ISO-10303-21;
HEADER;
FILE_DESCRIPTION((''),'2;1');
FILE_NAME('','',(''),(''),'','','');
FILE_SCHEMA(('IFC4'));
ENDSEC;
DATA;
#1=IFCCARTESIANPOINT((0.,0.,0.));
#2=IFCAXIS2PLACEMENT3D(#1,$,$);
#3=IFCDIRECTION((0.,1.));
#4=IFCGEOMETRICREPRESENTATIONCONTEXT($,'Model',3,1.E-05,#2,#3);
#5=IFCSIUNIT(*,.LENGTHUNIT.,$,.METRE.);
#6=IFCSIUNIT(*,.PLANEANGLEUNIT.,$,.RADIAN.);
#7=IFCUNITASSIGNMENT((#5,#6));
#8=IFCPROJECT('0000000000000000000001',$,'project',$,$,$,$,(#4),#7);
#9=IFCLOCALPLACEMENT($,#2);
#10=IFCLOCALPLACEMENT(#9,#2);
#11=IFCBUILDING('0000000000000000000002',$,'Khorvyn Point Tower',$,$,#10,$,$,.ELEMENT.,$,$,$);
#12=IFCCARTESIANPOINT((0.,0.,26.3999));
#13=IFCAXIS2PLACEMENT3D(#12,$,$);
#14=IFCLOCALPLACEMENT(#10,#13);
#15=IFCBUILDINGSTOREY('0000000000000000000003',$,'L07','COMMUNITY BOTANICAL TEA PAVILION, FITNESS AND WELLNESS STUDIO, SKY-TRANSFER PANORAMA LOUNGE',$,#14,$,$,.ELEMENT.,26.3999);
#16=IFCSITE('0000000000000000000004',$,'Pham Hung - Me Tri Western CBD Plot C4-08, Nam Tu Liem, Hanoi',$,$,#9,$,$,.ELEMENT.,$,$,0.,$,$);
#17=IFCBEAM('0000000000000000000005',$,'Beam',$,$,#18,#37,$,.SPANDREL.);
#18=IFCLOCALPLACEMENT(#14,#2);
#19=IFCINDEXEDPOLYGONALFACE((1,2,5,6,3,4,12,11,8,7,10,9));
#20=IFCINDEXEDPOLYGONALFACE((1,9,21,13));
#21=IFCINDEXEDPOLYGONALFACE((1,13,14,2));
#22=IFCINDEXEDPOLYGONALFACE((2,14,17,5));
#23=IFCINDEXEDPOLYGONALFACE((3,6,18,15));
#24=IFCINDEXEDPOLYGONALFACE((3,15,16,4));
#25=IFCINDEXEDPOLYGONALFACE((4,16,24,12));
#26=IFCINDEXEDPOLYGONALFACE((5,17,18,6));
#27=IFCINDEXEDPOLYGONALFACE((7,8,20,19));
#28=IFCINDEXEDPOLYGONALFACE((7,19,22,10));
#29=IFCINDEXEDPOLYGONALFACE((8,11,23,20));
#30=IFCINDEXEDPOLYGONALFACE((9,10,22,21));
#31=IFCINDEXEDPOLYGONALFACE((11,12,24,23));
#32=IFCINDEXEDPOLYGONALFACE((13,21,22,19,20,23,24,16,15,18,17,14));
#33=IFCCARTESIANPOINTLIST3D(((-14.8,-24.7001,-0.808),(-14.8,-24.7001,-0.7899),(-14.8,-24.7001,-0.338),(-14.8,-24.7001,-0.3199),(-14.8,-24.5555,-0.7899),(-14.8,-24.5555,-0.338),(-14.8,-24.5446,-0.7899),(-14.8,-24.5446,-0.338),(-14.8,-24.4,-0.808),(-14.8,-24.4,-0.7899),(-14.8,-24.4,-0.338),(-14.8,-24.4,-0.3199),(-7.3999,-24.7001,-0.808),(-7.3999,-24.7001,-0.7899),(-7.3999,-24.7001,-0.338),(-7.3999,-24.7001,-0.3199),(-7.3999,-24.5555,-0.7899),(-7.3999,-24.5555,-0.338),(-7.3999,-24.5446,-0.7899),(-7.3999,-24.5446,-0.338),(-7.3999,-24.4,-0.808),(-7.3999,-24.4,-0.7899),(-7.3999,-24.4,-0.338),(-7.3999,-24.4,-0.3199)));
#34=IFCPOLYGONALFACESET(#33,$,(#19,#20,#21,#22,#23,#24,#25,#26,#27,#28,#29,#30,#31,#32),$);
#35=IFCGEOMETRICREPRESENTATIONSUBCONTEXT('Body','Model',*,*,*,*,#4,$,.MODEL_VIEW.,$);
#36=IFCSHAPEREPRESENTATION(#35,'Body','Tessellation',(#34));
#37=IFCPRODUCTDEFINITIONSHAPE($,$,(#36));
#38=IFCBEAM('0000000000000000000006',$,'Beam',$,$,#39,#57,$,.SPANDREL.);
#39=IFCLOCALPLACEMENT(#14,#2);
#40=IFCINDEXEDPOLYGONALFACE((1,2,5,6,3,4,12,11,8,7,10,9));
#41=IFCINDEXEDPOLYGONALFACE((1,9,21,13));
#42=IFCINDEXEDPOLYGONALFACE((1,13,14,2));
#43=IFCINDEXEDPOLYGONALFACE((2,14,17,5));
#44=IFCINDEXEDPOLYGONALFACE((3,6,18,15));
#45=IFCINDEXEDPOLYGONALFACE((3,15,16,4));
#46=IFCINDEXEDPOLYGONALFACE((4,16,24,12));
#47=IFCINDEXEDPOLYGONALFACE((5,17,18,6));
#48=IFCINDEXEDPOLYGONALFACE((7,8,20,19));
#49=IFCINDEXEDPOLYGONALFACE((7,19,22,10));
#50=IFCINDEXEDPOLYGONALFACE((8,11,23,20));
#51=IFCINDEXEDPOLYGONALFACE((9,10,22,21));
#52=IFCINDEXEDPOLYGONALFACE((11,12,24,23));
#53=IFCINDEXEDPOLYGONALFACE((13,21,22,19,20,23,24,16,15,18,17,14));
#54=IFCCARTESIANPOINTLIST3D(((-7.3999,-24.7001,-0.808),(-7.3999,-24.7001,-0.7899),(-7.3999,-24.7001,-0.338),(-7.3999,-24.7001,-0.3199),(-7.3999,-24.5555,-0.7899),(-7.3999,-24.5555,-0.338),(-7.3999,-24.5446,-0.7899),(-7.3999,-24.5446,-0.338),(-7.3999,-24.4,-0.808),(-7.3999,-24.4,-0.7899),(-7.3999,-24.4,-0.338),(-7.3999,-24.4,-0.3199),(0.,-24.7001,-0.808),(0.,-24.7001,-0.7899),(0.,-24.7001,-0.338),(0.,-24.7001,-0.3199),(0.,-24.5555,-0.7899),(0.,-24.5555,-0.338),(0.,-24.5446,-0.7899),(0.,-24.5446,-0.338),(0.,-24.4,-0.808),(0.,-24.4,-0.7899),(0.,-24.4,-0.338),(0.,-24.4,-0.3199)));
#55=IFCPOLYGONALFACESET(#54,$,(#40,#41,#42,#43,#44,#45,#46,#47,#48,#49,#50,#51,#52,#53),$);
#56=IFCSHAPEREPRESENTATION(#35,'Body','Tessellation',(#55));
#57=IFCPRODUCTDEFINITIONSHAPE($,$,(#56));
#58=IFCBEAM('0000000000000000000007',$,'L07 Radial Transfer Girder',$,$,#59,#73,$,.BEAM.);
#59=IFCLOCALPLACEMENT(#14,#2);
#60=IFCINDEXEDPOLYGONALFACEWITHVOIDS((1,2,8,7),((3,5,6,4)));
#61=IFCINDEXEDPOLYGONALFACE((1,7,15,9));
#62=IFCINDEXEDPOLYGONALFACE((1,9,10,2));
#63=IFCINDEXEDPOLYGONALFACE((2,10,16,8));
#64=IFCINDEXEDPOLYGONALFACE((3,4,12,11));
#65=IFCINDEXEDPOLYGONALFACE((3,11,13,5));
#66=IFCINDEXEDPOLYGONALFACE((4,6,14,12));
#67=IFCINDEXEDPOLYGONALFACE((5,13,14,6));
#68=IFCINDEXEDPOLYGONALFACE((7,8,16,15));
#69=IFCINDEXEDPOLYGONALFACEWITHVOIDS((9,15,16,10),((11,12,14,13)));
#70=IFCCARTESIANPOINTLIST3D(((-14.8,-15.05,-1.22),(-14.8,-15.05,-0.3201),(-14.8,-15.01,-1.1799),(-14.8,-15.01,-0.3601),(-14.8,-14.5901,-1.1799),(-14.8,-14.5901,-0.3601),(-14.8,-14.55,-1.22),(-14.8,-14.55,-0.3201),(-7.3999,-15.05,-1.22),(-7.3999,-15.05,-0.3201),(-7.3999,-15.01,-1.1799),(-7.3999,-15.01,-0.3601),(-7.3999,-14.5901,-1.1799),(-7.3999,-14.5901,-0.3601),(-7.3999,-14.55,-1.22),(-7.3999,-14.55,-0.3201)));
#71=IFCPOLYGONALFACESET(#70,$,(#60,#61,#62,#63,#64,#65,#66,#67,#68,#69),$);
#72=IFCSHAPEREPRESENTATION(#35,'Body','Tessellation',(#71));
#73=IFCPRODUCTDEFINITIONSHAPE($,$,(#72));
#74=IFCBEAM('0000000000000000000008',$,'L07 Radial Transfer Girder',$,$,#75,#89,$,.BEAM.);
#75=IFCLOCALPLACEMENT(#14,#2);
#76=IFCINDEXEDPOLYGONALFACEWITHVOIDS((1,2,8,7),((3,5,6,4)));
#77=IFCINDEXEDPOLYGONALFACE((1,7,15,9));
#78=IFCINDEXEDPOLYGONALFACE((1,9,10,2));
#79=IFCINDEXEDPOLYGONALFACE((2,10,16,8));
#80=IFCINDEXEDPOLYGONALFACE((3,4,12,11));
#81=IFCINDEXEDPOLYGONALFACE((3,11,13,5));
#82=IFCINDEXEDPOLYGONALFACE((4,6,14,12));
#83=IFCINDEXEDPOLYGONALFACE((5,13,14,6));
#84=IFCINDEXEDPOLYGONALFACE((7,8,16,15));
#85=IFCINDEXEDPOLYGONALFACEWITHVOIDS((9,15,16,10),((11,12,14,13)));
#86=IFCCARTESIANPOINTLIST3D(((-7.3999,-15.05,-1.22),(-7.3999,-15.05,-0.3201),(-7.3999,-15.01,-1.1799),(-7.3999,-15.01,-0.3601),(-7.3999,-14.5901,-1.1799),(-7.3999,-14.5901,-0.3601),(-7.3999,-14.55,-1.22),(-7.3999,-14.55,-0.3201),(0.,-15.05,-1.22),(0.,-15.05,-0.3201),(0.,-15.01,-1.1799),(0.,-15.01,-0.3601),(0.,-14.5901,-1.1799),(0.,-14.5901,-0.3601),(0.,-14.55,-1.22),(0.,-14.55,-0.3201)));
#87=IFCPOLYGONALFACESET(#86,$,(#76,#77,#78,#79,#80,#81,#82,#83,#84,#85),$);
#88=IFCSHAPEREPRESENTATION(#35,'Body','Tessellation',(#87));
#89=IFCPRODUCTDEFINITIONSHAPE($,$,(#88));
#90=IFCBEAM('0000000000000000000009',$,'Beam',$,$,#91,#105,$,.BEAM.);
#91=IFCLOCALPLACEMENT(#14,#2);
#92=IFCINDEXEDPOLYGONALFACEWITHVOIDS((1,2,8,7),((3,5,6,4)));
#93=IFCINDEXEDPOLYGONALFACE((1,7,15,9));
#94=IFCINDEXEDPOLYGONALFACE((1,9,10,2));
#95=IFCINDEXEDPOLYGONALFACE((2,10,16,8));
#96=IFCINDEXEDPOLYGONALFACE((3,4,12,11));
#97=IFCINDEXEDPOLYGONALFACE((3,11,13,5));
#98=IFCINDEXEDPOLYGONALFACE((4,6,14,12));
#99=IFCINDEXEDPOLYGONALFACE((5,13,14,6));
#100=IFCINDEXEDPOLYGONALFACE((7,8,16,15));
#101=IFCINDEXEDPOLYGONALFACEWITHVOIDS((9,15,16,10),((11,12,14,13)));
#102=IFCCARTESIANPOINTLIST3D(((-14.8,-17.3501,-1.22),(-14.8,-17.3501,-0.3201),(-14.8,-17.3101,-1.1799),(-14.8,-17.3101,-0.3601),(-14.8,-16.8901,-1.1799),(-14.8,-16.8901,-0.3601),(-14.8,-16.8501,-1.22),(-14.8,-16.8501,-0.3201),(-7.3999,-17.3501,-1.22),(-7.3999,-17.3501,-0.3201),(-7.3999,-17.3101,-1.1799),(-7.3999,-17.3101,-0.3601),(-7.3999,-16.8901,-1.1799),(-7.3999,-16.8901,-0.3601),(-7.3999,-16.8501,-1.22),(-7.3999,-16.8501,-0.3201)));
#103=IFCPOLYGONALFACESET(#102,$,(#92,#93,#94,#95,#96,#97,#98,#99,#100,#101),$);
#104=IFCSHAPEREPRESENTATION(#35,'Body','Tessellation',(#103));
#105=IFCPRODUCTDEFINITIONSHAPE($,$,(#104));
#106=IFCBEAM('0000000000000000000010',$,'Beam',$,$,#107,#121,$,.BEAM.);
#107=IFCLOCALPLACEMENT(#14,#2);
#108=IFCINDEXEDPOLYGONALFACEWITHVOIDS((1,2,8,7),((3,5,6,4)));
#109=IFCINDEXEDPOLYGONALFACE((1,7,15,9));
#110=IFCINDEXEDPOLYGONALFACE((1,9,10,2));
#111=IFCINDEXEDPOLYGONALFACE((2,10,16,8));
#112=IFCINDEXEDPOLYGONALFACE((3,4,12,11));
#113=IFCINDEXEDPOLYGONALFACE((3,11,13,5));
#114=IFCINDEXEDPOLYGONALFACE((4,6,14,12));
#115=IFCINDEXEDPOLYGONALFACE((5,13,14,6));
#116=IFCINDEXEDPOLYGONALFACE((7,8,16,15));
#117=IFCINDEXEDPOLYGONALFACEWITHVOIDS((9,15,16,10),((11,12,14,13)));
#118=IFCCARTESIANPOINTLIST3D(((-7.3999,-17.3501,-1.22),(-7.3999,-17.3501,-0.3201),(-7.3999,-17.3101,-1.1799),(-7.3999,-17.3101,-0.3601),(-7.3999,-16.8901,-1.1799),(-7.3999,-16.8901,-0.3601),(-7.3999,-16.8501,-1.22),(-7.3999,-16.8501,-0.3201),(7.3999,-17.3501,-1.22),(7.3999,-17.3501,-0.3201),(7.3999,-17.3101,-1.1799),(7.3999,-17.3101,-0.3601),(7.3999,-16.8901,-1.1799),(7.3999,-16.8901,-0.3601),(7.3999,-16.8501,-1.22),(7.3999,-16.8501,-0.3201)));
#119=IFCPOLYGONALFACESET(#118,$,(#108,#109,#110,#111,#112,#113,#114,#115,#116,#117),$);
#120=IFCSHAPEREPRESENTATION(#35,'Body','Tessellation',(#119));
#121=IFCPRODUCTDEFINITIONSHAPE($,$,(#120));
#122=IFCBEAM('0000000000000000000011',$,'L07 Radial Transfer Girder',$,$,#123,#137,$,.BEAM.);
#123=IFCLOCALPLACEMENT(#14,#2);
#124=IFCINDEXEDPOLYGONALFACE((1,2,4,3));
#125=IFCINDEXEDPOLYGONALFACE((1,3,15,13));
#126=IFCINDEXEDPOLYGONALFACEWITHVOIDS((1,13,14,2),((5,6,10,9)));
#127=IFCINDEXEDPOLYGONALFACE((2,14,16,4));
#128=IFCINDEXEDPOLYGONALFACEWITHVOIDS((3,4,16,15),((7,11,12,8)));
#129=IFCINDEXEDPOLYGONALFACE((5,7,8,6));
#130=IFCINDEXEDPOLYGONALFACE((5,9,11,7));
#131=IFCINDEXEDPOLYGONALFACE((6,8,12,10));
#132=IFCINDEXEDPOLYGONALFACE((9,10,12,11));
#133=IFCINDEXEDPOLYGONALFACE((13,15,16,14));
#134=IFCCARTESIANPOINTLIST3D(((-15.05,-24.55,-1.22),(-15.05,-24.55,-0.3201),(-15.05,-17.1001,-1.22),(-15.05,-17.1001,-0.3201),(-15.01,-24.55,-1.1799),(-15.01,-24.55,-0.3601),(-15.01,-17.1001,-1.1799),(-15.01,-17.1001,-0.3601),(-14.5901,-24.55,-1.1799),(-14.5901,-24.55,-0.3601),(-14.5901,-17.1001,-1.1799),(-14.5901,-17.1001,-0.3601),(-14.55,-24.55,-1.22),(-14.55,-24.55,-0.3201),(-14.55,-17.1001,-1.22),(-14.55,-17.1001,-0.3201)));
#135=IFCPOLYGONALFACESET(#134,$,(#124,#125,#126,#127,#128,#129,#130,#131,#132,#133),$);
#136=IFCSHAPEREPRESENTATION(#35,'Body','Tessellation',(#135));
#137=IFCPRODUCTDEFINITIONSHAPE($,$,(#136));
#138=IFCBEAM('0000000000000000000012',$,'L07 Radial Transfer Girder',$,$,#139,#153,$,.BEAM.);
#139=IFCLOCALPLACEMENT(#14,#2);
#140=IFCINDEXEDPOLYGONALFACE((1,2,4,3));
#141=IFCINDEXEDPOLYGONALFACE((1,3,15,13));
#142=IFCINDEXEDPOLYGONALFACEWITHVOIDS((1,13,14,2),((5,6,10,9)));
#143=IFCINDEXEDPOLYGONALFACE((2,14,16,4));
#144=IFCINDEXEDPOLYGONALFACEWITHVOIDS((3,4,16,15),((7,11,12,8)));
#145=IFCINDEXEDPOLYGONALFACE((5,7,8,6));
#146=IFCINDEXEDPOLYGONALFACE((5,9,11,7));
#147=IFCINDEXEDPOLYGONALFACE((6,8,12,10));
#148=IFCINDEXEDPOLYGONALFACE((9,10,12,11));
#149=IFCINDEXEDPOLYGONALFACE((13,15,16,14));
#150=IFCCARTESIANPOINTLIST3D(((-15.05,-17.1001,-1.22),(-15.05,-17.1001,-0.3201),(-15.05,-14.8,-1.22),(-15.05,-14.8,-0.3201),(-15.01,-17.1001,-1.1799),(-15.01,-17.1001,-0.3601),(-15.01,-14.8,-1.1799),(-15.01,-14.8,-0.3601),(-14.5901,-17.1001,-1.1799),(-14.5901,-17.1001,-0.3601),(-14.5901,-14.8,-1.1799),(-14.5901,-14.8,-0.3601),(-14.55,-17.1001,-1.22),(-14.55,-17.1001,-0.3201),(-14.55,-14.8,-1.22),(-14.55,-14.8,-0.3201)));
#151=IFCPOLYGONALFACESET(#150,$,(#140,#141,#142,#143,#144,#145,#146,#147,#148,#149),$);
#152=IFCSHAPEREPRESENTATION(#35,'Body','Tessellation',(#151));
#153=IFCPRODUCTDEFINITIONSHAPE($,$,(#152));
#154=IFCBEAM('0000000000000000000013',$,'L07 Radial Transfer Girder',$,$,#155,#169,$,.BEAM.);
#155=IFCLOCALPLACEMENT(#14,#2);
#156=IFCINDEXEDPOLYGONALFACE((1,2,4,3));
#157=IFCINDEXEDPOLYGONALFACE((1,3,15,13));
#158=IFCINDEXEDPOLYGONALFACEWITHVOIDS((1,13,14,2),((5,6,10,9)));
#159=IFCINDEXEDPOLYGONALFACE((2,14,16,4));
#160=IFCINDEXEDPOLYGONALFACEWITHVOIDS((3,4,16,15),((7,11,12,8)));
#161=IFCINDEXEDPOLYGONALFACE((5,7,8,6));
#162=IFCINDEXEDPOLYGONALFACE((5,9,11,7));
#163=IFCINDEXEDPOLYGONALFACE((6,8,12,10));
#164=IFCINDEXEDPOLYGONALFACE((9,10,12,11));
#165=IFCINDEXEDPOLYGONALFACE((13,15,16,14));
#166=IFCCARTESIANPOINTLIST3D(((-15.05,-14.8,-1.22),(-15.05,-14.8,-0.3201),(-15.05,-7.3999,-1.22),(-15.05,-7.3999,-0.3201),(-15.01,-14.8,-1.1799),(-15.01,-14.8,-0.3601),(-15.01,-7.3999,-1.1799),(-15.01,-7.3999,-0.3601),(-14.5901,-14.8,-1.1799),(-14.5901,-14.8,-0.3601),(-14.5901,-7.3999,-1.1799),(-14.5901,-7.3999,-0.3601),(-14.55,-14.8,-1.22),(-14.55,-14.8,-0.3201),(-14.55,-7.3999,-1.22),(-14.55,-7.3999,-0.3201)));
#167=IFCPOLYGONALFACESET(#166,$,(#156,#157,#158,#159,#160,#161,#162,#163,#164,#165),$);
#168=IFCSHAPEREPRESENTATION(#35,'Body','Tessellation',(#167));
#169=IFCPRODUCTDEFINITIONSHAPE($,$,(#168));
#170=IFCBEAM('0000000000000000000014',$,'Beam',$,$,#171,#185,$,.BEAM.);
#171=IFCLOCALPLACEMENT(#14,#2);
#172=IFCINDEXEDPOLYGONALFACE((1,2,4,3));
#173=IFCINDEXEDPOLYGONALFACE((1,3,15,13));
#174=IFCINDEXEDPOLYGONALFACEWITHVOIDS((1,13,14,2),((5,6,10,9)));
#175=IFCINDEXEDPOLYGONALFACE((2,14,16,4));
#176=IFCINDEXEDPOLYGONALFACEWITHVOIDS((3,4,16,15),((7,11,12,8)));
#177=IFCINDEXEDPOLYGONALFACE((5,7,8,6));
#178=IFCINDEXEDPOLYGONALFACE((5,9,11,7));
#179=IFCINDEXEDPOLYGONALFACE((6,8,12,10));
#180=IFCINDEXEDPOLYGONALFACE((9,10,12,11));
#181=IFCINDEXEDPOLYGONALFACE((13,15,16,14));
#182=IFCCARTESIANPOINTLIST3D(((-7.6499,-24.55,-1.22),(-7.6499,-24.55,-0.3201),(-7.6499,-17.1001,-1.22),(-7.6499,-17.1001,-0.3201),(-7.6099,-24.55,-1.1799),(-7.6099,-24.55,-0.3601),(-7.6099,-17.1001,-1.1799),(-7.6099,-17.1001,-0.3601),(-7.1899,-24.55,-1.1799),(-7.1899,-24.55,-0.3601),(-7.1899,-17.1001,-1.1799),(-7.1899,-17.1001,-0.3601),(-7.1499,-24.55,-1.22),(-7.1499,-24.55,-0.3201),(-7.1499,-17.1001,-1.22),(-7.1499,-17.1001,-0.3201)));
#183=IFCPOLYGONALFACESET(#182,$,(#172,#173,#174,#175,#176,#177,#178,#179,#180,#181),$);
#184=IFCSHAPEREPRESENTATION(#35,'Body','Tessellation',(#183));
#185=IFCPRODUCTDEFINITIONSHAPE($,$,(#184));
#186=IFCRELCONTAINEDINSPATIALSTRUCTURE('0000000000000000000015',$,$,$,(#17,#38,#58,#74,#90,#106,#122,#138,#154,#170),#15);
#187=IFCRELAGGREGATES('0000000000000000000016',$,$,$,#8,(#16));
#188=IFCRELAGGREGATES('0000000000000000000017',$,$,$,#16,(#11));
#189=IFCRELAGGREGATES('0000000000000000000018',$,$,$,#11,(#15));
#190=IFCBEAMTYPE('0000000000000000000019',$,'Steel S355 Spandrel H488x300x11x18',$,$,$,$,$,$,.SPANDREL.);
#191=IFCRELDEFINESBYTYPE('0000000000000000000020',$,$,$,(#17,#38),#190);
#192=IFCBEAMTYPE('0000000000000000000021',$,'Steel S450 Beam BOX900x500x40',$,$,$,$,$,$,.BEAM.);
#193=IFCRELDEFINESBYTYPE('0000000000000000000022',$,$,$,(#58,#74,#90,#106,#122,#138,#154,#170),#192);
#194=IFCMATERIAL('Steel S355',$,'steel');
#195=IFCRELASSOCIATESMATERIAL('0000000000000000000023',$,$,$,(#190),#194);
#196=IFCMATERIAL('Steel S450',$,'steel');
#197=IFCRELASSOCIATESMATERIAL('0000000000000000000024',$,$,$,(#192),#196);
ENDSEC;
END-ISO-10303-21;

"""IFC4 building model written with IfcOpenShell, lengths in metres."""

from ifc_helpers import new_model, si_unit, direction, frame, origin, origin_2d, place, context, subcontext, project, spatial, hollow_rectangle, i_section, extrude, material, material_profile, profile_set, type_object, element, save


model = new_model("IFC4")

# Units and contexts
model_context = context("Model", 3, precision=1e-05, world=origin(), true_north=direction((0.0, 1.0)))
body_context = subcontext(model_context, "Body", "Model", "MODEL_VIEW")
ifc_project = project(units=[si_unit("LENGTHUNIT", "METRE"), si_unit("PLANEANGLEUNIT", "RADIAN")], contexts=[model_context])

# Site, building, storey
site_placement = place(None, origin())
site = spatial("IfcSite", under=ifc_project, at=site_placement, Name="Pham Hung - Me Tri Western CBD Plot C4-08, Nam Tu Liem, Hanoi", CompositionType="ELEMENT", RefElevation=0.0)
building_placement = place(site_placement, origin())
building = spatial("IfcBuilding", under=site, at=building_placement, Name="Khorvyn Point Tower", CompositionType="ELEMENT")
storey_placement = place(building_placement, frame((0.0, 0.0, 26.3999)))
storey = spatial("IfcBuildingStorey", under=building, at=storey_placement, Name="L07", Description="COMMUNITY BOTANICAL TEA PAVILION, FITNESS AND WELLNESS STUDIO, SKY-TRANSFER PANORAMA LOUNGE", CompositionType="ELEMENT", Elevation=26.3999)

# Shared definitions
ifc_material_1 = material(Name="Steel S450", Category="steel")

# Beams
ifc_material_2 = material(Name="Steel S355", Category="steel")
ifc_material_profile_1 = material_profile(ifc_material_2, i_section(OverallWidth=0.3, OverallDepth=0.488, WebThickness=0.011, FlangeThickness=0.0181, at=origin_2d()))
ifc_profile_set_1 = profile_set([ifc_material_profile_1], Name="Steel S355 H488x300x11x18")
beam_type_1 = type_object("IfcBeamType", Name="Steel S355 Spandrel H488x300x11x18", PredefinedType="SPANDREL", material=ifc_profile_set_1)
beam_1_placement = place(storey_placement, frame((-14.8, -24.55, -0.564), z_axis=(1.0, 0.0, 0.0), x_axis=(0.0, 1.0, 0.0)))
element("IfcBeam", 1, at=beam_1_placement, inside=storey, type_object=beam_type_1, Name="Beam", PredefinedType="SPANDREL", context=body_context, shape_type="SweptSolid", body=[
    extrude(i_section(OverallWidth=0.3, OverallDepth=0.488, WebThickness=0.011, FlangeThickness=0.0181, at=origin_2d()), origin(), (0.0, 0.0, 1.0), 7.4001),
])
beam_2_placement = place(storey_placement, frame((-7.3999, -24.55, -0.564), z_axis=(1.0, 0.0, 0.0), x_axis=(0.0, 1.0, 0.0)))
element("IfcBeam", 2, at=beam_2_placement, inside=storey, type_object=beam_type_1, Name="Beam", PredefinedType="SPANDREL", context=body_context, shape_type="SweptSolid", body=[
    extrude(i_section(OverallWidth=0.3, OverallDepth=0.488, WebThickness=0.011, FlangeThickness=0.0181, at=origin_2d()), origin(), (0.0, 0.0, 1.0), 7.3999),
])
ifc_material_profile_2 = material_profile(ifc_material_1, hollow_rectangle(XDim=0.5, YDim=0.8999, WallThickness=0.04, at=origin_2d()))
ifc_profile_set_2 = profile_set([ifc_material_profile_2], Name="Steel S450 BOX900x500x40")
beam_type_2 = type_object("IfcBeamType", Name="Steel S450 Beam BOX900x500x40", PredefinedType="BEAM", material=ifc_profile_set_2)
beam_3_placement = place(storey_placement, frame((-14.8, -14.8, -0.77), z_axis=(1.0, 0.0, 0.0), x_axis=(0.0, 1.0, 0.0)))
element("IfcBeam", 3, at=beam_3_placement, inside=storey, type_object=beam_type_2, Name="L07 Radial Transfer Girder", PredefinedType="BEAM", context=body_context, shape_type="SweptSolid", body=[
    extrude(hollow_rectangle(XDim=0.5, YDim=0.8999, WallThickness=0.04, at=origin_2d()), origin(), (0.0, 0.0, 1.0), 7.4001),
])
beam_4_placement = place(storey_placement, frame((-7.3999, -14.8, -0.77), z_axis=(1.0, 0.0, 0.0), x_axis=(0.0, 1.0, 0.0)))
element("IfcBeam", 4, at=beam_4_placement, inside=storey, type_object=beam_type_2, Name="L07 Radial Transfer Girder", PredefinedType="BEAM", context=body_context, shape_type="SweptSolid", body=[
    extrude(hollow_rectangle(XDim=0.5, YDim=0.8999, WallThickness=0.04, at=origin_2d()), origin(), (0.0, 0.0, 1.0), 7.3999),
])
beam_5_placement = place(storey_placement, frame((-14.8, -17.1001, -0.77), z_axis=(1.0, 0.0, 0.0), x_axis=(0.0, 1.0, 0.0)))
element("IfcBeam", 5, at=beam_5_placement, inside=storey, type_object=beam_type_2, Name="Beam", PredefinedType="BEAM", context=body_context, shape_type="SweptSolid", body=[
    extrude(hollow_rectangle(XDim=0.5, YDim=0.8999, WallThickness=0.04, at=origin_2d()), origin(), (0.0, 0.0, 1.0), 7.4001),
])
beam_6_placement = place(storey_placement, frame((-7.3999, -17.1001, -0.77), z_axis=(1.0, 0.0, 0.0), x_axis=(0.0, 1.0, 0.0)))
element("IfcBeam", 6, at=beam_6_placement, inside=storey, type_object=beam_type_2, Name="Beam", PredefinedType="BEAM", context=body_context, shape_type="SweptSolid", body=[
    extrude(hollow_rectangle(XDim=0.5, YDim=0.8999, WallThickness=0.04, at=origin_2d()), origin(), (0.0, 0.0, 1.0), 14.7998),
])
beam_7_placement = place(storey_placement, frame((-14.8, -24.55, -0.77), z_axis=(0.0, 1.0, 0.0), x_axis=(-1.0, 0.0, 0.0)))
element("IfcBeam", 7, at=beam_7_placement, inside=storey, type_object=beam_type_2, Name="L07 Radial Transfer Girder", PredefinedType="BEAM", context=body_context, shape_type="SweptSolid", body=[
    extrude(hollow_rectangle(XDim=0.5, YDim=0.8999, WallThickness=0.04, at=origin_2d()), origin(), (0.0, 0.0, 1.0), 7.45),
])
beam_8_placement = place(storey_placement, frame((-14.8, -17.1001, -0.77), z_axis=(0.0, 1.0, 0.0), x_axis=(-1.0, 0.0, 0.0)))
element("IfcBeam", 8, at=beam_8_placement, inside=storey, type_object=beam_type_2, Name="L07 Radial Transfer Girder", PredefinedType="BEAM", context=body_context, shape_type="SweptSolid", body=[
    extrude(hollow_rectangle(XDim=0.5, YDim=0.8999, WallThickness=0.04, at=origin_2d()), origin(), (0.0, 0.0, 1.0), 2.3),
])
beam_9_placement = place(storey_placement, frame((-14.8, -14.8, -0.77), z_axis=(0.0, 1.0, 0.0), x_axis=(-1.0, 0.0, 0.0)))
element("IfcBeam", 9, at=beam_9_placement, inside=storey, type_object=beam_type_2, Name="L07 Radial Transfer Girder", PredefinedType="BEAM", context=body_context, shape_type="SweptSolid", body=[
    extrude(hollow_rectangle(XDim=0.5, YDim=0.8999, WallThickness=0.04, at=origin_2d()), origin(), (0.0, 0.0, 1.0), 7.4001),
])
beam_10_placement = place(storey_placement, frame((-7.3999, -24.55, -0.77), z_axis=(0.0, 1.0, 0.0), x_axis=(-1.0, 0.0, 0.0)))
element("IfcBeam", 10, at=beam_10_placement, inside=storey, type_object=beam_type_2, Name="Beam", PredefinedType="BEAM", context=body_context, shape_type="SweptSolid", body=[
    extrude(hollow_rectangle(XDim=0.5, YDim=0.8999, WallThickness=0.04, at=origin_2d()), origin(), (0.0, 0.0, 1.0), 7.45),
])

save(model, "model.ifc")
